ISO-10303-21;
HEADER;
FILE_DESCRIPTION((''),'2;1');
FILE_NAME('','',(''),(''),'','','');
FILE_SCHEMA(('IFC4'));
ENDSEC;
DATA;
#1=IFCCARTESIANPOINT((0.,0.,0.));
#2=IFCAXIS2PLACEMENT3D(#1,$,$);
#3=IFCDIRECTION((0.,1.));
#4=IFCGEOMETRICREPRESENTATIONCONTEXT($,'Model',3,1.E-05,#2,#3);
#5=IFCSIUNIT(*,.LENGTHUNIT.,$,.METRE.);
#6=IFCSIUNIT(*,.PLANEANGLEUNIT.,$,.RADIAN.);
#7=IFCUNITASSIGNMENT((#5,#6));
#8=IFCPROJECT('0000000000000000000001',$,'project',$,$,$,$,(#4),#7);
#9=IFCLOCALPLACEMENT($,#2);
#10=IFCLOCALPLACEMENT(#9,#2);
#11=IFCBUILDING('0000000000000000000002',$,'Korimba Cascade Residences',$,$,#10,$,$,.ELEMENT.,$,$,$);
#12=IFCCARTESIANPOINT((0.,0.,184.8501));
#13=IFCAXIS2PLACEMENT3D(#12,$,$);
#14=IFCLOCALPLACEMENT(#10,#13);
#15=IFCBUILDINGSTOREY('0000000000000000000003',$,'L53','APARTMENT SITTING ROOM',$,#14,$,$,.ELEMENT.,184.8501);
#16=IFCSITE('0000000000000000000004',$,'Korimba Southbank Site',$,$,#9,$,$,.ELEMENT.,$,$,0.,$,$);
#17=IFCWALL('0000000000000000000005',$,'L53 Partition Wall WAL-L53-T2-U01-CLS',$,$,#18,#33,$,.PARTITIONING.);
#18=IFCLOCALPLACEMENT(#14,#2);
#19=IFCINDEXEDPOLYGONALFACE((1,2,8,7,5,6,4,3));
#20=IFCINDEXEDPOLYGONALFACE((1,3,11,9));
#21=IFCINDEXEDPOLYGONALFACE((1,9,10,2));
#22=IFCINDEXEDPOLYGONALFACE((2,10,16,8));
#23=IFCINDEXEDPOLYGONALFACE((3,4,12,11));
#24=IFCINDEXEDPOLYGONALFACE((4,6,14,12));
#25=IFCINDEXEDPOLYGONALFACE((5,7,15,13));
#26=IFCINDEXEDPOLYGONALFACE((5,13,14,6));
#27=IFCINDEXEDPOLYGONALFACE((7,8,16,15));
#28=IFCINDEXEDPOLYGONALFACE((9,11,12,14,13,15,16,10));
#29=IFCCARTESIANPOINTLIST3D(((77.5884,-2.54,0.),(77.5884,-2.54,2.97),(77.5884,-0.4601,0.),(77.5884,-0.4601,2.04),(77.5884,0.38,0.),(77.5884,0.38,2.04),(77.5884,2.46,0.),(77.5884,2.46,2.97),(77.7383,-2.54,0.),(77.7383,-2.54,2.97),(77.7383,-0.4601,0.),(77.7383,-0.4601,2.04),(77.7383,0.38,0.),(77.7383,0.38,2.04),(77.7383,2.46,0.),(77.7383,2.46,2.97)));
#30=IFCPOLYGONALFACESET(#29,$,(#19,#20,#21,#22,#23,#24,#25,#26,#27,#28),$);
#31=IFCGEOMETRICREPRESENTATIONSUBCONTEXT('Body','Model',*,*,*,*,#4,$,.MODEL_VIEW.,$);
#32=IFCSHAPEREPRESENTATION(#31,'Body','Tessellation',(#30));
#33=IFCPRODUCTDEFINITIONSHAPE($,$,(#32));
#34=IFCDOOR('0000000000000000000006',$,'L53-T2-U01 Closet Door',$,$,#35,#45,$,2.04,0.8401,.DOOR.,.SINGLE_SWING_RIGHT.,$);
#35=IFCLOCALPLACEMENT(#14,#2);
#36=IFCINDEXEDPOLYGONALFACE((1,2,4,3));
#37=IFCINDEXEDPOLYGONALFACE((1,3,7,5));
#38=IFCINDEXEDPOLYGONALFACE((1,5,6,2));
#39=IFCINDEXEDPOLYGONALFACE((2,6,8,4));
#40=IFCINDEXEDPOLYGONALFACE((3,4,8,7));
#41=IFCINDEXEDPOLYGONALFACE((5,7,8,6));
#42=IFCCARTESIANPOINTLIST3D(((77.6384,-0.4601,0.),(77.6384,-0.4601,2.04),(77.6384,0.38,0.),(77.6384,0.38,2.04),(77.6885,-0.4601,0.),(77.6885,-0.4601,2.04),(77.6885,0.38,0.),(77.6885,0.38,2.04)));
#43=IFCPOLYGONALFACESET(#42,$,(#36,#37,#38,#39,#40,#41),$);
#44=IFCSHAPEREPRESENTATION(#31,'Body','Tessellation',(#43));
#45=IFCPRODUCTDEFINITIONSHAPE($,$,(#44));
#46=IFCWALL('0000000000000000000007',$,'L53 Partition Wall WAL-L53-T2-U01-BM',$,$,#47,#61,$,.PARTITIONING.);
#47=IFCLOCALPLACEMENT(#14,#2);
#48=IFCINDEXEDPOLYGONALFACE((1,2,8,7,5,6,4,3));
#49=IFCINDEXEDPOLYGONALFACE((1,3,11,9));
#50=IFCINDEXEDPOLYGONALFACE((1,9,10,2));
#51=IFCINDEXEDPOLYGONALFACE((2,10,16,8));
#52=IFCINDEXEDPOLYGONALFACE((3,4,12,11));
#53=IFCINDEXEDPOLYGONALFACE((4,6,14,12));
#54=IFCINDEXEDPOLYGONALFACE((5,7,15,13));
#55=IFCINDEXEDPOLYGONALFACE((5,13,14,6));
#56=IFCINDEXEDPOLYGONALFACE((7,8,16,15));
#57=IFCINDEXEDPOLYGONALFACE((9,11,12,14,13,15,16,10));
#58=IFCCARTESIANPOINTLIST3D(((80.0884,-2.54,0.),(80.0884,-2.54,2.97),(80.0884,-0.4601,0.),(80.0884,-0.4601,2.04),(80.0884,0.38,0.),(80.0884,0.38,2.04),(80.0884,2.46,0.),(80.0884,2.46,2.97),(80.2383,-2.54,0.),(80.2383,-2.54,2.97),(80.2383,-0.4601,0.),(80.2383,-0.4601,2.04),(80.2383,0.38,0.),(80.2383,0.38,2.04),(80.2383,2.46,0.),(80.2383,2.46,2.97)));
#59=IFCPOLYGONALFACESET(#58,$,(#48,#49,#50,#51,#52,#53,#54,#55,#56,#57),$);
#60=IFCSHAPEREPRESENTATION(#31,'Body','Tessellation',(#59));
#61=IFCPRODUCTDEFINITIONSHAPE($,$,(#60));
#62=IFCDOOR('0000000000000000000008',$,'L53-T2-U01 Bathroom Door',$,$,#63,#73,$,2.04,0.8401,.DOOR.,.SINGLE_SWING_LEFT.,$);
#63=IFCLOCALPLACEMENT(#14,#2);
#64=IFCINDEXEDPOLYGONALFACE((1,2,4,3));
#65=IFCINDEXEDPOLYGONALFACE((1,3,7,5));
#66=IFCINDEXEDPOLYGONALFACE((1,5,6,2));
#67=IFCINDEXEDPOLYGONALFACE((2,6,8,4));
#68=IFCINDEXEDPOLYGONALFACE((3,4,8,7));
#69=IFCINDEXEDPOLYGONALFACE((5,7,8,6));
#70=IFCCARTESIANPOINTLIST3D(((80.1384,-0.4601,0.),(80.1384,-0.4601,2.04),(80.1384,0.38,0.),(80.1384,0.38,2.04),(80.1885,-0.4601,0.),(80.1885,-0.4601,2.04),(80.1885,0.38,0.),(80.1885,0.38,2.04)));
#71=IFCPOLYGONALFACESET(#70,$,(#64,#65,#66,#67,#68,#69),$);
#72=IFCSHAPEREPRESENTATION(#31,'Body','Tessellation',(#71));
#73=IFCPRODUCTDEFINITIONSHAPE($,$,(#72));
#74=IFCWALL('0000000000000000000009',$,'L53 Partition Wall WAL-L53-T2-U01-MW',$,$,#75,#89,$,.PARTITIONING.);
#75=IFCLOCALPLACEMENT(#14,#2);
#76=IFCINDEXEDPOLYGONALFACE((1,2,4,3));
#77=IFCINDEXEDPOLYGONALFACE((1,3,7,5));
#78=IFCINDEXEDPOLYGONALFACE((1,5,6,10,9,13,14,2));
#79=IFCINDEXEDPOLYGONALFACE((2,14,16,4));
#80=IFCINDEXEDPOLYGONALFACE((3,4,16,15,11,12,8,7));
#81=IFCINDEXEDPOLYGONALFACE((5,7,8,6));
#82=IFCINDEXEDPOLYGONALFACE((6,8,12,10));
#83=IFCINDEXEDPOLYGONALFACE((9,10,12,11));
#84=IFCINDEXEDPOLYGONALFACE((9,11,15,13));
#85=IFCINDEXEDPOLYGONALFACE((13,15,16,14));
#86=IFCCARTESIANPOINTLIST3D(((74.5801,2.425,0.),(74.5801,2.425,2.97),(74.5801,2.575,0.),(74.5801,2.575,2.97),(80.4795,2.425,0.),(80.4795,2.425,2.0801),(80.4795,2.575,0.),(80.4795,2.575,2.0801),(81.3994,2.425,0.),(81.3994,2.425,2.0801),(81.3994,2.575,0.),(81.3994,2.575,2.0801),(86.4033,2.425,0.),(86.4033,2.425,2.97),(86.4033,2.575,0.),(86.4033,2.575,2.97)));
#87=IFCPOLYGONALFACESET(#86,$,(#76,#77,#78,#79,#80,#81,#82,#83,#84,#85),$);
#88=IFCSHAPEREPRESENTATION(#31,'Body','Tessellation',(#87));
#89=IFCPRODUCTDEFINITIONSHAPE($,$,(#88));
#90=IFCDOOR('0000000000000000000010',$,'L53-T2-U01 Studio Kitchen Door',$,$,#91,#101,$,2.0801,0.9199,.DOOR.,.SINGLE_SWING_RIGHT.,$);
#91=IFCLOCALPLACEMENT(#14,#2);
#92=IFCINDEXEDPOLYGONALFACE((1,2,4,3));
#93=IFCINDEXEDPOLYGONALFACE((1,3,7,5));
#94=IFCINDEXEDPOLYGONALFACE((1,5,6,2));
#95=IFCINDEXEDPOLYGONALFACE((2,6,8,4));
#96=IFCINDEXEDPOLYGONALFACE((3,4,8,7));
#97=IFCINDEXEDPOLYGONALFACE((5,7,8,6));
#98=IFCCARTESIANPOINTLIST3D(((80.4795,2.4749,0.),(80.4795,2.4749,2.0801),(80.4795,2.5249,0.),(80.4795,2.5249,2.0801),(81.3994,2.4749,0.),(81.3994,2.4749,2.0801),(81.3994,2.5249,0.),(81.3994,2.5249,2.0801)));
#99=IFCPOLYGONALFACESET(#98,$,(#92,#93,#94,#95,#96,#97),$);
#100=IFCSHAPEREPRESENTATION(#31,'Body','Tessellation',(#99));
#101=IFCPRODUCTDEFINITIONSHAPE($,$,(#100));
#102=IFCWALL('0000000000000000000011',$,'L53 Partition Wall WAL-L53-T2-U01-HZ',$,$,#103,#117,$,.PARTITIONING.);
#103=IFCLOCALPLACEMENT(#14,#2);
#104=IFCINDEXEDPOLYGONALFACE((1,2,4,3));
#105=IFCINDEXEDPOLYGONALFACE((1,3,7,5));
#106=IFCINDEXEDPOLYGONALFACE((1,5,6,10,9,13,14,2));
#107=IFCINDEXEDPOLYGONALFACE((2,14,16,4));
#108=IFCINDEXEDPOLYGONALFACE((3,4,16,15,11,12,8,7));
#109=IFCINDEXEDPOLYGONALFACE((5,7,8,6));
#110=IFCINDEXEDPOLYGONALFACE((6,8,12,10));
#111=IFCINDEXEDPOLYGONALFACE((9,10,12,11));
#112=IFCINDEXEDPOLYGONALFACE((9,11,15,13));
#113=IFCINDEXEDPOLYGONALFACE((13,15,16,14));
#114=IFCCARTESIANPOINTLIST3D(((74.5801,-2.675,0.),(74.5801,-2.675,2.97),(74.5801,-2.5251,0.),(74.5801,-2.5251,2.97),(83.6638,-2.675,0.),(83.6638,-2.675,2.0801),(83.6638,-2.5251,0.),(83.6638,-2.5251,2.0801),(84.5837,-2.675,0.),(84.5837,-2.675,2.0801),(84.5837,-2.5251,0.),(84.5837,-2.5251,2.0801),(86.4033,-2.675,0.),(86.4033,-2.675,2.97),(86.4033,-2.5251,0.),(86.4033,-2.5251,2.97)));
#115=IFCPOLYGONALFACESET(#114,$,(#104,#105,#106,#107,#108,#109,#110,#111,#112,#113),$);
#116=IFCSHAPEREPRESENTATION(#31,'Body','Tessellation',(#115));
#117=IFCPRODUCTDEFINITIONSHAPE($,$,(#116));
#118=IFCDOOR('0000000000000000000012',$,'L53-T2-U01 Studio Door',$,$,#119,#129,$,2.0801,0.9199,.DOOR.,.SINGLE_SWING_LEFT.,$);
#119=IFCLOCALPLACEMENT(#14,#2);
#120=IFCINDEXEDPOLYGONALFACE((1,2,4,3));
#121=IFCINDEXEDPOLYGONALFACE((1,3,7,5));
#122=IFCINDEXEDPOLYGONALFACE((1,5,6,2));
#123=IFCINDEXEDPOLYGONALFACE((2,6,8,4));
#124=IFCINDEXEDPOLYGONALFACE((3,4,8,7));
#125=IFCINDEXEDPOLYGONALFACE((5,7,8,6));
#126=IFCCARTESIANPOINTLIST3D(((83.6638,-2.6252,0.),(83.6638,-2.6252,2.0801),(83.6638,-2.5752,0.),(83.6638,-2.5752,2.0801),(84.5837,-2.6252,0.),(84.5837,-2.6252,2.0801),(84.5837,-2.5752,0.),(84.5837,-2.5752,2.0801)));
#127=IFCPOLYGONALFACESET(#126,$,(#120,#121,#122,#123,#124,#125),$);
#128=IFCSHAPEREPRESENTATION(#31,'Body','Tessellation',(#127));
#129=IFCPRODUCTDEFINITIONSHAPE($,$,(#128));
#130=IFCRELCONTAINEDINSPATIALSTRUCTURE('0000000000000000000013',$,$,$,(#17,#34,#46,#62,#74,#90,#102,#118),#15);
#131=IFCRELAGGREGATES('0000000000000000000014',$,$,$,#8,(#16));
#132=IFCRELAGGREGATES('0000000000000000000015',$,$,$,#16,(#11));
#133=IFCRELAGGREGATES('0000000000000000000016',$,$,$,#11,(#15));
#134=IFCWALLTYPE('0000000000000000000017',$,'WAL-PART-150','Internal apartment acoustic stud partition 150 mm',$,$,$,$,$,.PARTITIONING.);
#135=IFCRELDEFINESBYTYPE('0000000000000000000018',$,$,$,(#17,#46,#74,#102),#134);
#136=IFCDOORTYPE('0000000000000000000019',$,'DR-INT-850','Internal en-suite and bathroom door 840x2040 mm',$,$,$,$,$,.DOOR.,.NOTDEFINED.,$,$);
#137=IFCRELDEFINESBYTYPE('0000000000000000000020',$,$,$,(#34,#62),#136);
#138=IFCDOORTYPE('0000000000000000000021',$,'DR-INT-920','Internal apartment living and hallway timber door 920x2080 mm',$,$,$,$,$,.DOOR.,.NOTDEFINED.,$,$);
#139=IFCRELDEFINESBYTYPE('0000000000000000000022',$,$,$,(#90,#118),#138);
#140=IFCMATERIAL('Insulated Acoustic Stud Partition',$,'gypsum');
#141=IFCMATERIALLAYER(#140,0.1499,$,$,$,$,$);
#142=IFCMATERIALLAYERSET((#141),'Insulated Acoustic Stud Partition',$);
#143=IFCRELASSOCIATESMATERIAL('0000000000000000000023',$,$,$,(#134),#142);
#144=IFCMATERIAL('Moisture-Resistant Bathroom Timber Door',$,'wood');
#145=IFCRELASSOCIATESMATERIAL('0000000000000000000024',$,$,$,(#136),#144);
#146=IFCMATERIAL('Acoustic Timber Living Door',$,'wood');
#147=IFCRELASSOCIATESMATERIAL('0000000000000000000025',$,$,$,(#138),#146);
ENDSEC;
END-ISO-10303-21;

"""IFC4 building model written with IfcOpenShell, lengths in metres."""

from ifc_helpers import new_model, si_unit, direction, frame, frame_2d, origin, place, context, subcontext, project, spatial, rectangle, extrude, material, layer, layer_set, type_object, element, fill, save


model = new_model("IFC4")

# Units and contexts
model_context = context("Model", 3, precision=1e-05, world=origin(), true_north=direction((0.0, 1.0)))
body_context = subcontext(model_context, "Body", "Model", "MODEL_VIEW")
ifc_project = project(units=[si_unit("LENGTHUNIT", "METRE"), si_unit("PLANEANGLEUNIT", "RADIAN")], contexts=[model_context])

# Site, building, storey
site_placement = place(None, origin())
site = spatial("IfcSite", under=ifc_project, at=site_placement, Name="Korimba Southbank Site", CompositionType="ELEMENT", RefElevation=0.0)
building_placement = place(site_placement, origin())
building = spatial("IfcBuilding", under=site, at=building_placement, Name="Korimba Cascade Residences", CompositionType="ELEMENT")
storey_placement = place(building_placement, frame((0.0, 0.0, 184.8501)))
storey = spatial("IfcBuildingStorey", under=building, at=storey_placement, Name="L53", Description="APARTMENT SITTING ROOM", CompositionType="ELEMENT", Elevation=184.8501)

# Walls, openings, doors
ifc_material_1 = material(Name="Insulated Acoustic Stud Partition", Category="gypsum")
ifc_layer_1 = layer(ifc_material_1, 0.1499)
ifc_layer_set_1 = layer_set([ifc_layer_1], Name="Insulated Acoustic Stud Partition")
wall_type_1 = type_object("IfcWallType", Name="WAL-PART-150", Description="Internal apartment acoustic stud partition 150 mm", PredefinedType="PARTITIONING", material=ifc_layer_set_1)
wall_1_placement = place(storey_placement, frame((77.6633, -2.54, 0.0), z_axis=(0.0, 0.0, 1.0), x_axis=(0.0, 1.0, 0.0)))
wall_1 = element("IfcWall", 1, at=wall_1_placement, inside=storey, type_object=wall_type_1, Name="L53 Partition Wall WAL-L53-T2-U01-CLS", PredefinedType="PARTITIONING", context=body_context, shape_type="SweptSolid", body=[
    extrude(rectangle(XDim=5.0, YDim=0.1499, at=frame_2d((2.5, 0.0))), origin(), (0.0, 0.0, 1.0), 2.97),
])
opening_1_placement = place(wall_1_placement, frame((2.0801, 0.0, 0.0)))
opening_1 = element("IfcOpeningElement", 2, at=opening_1_placement, cuts=wall_1, PredefinedType="OPENING", context=body_context, shape_type="SweptSolid", body=[
    extrude(rectangle(XDim=0.8401, YDim=2.04, at=frame_2d((0.4199, 1.02))), frame((0.0, 0.085, 0.0), z_axis=(0.0, -1.0, 0.0), x_axis=(1.0, 0.0, 0.0)), (0.0, 0.0, 1.0), 0.1699),
])
ifc_material_2 = material(Name="Moisture-Resistant Bathroom Timber Door", Category="wood")
door_type_1 = type_object("IfcDoorType", Name="DR-INT-850", Description="Internal en-suite and bathroom door 840x2040 mm", OperationType="NOTDEFINED", PredefinedType="DOOR", material=ifc_material_2)
door_1_placement = place(opening_1_placement, origin())
door_1 = element("IfcDoor", 3, at=door_1_placement, inside=storey, type_object=door_type_1, Name="L53-T2-U01 Closet Door", OperationType="SINGLE_SWING_RIGHT", OverallHeight=2.04, OverallWidth=0.8401, PredefinedType="DOOR", context=body_context, shape_type="SweptSolid", body=[
    extrude(rectangle(XDim=0.8401, YDim=2.04, at=frame_2d((0.4199, 1.02))), frame((0.0, 0.0249, 0.0), z_axis=(0.0, -1.0, 0.0), x_axis=(1.0, 0.0, 0.0)), (0.0, 0.0, 1.0), 0.05),
])
fill(opening_1, door_1)
wall_2_placement = place(storey_placement, frame((80.1633, -2.54, 0.0), z_axis=(0.0, 0.0, 1.0), x_axis=(0.0, 1.0, 0.0)))
wall_2 = element("IfcWall", 4, at=wall_2_placement, inside=storey, type_object=wall_type_1, Name="L53 Partition Wall WAL-L53-T2-U01-BM", PredefinedType="PARTITIONING", context=body_context, shape_type="SweptSolid", body=[
    extrude(rectangle(XDim=5.0, YDim=0.1499, at=frame_2d((2.5, 0.0))), origin(), (0.0, 0.0, 1.0), 2.97),
])
opening_2_placement = place(wall_2_placement, frame((2.0801, 0.0, 0.0)))
opening_2 = element("IfcOpeningElement", 5, at=opening_2_placement, cuts=wall_2, PredefinedType="OPENING", context=body_context, shape_type="SweptSolid", body=[
    extrude(rectangle(XDim=0.8401, YDim=2.04, at=frame_2d((0.4199, 1.02))), frame((0.0, 0.085, 0.0), z_axis=(0.0, -1.0, 0.0), x_axis=(1.0, 0.0, 0.0)), (0.0, 0.0, 1.0), 0.1699),
])
door_2_placement = place(opening_2_placement, origin())
door_2 = element("IfcDoor", 6, at=door_2_placement, inside=storey, type_object=door_type_1, Name="L53-T2-U01 Bathroom Door", OperationType="SINGLE_SWING_LEFT", OverallHeight=2.04, OverallWidth=0.8401, PredefinedType="DOOR", context=body_context, shape_type="SweptSolid", body=[
    extrude(rectangle(XDim=0.8401, YDim=2.04, at=frame_2d((0.4199, 1.02))), frame((0.0, 0.0249, 0.0), z_axis=(0.0, -1.0, 0.0), x_axis=(1.0, 0.0, 0.0)), (0.0, 0.0, 1.0), 0.05),
])
fill(opening_2, door_2)
wall_3_placement = place(storey_placement, frame((74.5801, 2.5, 0.0), z_axis=(0.0, 0.0, 1.0), x_axis=(1.0, 0.0, 0.0)))
wall_3 = element("IfcWall", 7, at=wall_3_placement, inside=storey, type_object=wall_type_1, Name="L53 Partition Wall WAL-L53-T2-U01-MW", PredefinedType="PARTITIONING", context=body_context, shape_type="SweptSolid", body=[
    extrude(rectangle(XDim=11.8232, YDim=0.1499, at=frame_2d((5.9116, 0.0))), origin(), (0.0, 0.0, 1.0), 2.97),
])
opening_3_placement = place(wall_3_placement, frame((5.8994, 0.0, 0.0)))
opening_3 = element("IfcOpeningElement", 8, at=opening_3_placement, cuts=wall_3, PredefinedType="OPENING", context=body_context, shape_type="SweptSolid", body=[
    extrude(rectangle(XDim=0.9199, YDim=2.0801, at=frame_2d((0.46, 1.04))), frame((0.0, 0.085, 0.0), z_axis=(0.0, -1.0, 0.0), x_axis=(1.0, 0.0, 0.0)), (0.0, 0.0, 1.0), 0.1699),
])
ifc_material_3 = material(Name="Acoustic Timber Living Door", Category="wood")
door_type_2 = type_object("IfcDoorType", Name="DR-INT-920", Description="Internal apartment living and hallway timber door 920x2080 mm", OperationType="NOTDEFINED", PredefinedType="DOOR", material=ifc_material_3)
door_3_placement = place(opening_3_placement, origin())
door_3 = element("IfcDoor", 9, at=door_3_placement, inside=storey, type_object=door_type_2, Name="L53-T2-U01 Studio Kitchen Door", OperationType="SINGLE_SWING_RIGHT", OverallHeight=2.0801, OverallWidth=0.9199, PredefinedType="DOOR", context=body_context, shape_type="SweptSolid", body=[
    extrude(rectangle(XDim=0.9199, YDim=2.0801, at=frame_2d((0.46, 1.04))), frame((0.0, 0.0249, 0.0), z_axis=(0.0, -1.0, 0.0), x_axis=(1.0, 0.0, 0.0)), (0.0, 0.0, 1.0), 0.05),
])
fill(opening_3, door_3)
wall_4_placement = place(storey_placement, frame((74.5801, -2.6001, 0.0), z_axis=(0.0, 0.0, 1.0), x_axis=(1.0, 0.0, 0.0)))
wall_4 = element("IfcWall", 10, at=wall_4_placement, inside=storey, type_object=wall_type_1, Name="L53 Partition Wall WAL-L53-T2-U01-HZ", PredefinedType="PARTITIONING", context=body_context, shape_type="SweptSolid", body=[
    extrude(rectangle(XDim=11.8232, YDim=0.1499, at=frame_2d((5.9116, 0.0))), origin(), (0.0, 0.0, 1.0), 2.97),
])
opening_4_placement = place(wall_4_placement, frame((9.0837, 0.0, 0.0)))
opening_4 = element("IfcOpeningElement", 11, at=opening_4_placement, cuts=wall_4, PredefinedType="OPENING", context=body_context, shape_type="SweptSolid", body=[
    extrude(rectangle(XDim=0.9199, YDim=2.0801, at=frame_2d((0.46, 1.04))), frame((0.0, 0.085, 0.0), z_axis=(0.0, -1.0, 0.0), x_axis=(1.0, 0.0, 0.0)), (0.0, 0.0, 1.0), 0.1699),
])
door_4_placement = place(opening_4_placement, origin())
door_4 = element("IfcDoor", 12, at=door_4_placement, inside=storey, type_object=door_type_2, Name="L53-T2-U01 Studio Door", OperationType="SINGLE_SWING_LEFT", OverallHeight=2.0801, OverallWidth=0.9199, PredefinedType="DOOR", context=body_context, shape_type="SweptSolid", body=[
    extrude(rectangle(XDim=0.9199, YDim=2.0801, at=frame_2d((0.46, 1.04))), frame((0.0, 0.0249, 0.0), z_axis=(0.0, -1.0, 0.0), x_axis=(1.0, 0.0, 0.0)), (0.0, 0.0, 1.0), 0.05),
])
fill(opening_4, door_4)

save(model, "model.ifc")
